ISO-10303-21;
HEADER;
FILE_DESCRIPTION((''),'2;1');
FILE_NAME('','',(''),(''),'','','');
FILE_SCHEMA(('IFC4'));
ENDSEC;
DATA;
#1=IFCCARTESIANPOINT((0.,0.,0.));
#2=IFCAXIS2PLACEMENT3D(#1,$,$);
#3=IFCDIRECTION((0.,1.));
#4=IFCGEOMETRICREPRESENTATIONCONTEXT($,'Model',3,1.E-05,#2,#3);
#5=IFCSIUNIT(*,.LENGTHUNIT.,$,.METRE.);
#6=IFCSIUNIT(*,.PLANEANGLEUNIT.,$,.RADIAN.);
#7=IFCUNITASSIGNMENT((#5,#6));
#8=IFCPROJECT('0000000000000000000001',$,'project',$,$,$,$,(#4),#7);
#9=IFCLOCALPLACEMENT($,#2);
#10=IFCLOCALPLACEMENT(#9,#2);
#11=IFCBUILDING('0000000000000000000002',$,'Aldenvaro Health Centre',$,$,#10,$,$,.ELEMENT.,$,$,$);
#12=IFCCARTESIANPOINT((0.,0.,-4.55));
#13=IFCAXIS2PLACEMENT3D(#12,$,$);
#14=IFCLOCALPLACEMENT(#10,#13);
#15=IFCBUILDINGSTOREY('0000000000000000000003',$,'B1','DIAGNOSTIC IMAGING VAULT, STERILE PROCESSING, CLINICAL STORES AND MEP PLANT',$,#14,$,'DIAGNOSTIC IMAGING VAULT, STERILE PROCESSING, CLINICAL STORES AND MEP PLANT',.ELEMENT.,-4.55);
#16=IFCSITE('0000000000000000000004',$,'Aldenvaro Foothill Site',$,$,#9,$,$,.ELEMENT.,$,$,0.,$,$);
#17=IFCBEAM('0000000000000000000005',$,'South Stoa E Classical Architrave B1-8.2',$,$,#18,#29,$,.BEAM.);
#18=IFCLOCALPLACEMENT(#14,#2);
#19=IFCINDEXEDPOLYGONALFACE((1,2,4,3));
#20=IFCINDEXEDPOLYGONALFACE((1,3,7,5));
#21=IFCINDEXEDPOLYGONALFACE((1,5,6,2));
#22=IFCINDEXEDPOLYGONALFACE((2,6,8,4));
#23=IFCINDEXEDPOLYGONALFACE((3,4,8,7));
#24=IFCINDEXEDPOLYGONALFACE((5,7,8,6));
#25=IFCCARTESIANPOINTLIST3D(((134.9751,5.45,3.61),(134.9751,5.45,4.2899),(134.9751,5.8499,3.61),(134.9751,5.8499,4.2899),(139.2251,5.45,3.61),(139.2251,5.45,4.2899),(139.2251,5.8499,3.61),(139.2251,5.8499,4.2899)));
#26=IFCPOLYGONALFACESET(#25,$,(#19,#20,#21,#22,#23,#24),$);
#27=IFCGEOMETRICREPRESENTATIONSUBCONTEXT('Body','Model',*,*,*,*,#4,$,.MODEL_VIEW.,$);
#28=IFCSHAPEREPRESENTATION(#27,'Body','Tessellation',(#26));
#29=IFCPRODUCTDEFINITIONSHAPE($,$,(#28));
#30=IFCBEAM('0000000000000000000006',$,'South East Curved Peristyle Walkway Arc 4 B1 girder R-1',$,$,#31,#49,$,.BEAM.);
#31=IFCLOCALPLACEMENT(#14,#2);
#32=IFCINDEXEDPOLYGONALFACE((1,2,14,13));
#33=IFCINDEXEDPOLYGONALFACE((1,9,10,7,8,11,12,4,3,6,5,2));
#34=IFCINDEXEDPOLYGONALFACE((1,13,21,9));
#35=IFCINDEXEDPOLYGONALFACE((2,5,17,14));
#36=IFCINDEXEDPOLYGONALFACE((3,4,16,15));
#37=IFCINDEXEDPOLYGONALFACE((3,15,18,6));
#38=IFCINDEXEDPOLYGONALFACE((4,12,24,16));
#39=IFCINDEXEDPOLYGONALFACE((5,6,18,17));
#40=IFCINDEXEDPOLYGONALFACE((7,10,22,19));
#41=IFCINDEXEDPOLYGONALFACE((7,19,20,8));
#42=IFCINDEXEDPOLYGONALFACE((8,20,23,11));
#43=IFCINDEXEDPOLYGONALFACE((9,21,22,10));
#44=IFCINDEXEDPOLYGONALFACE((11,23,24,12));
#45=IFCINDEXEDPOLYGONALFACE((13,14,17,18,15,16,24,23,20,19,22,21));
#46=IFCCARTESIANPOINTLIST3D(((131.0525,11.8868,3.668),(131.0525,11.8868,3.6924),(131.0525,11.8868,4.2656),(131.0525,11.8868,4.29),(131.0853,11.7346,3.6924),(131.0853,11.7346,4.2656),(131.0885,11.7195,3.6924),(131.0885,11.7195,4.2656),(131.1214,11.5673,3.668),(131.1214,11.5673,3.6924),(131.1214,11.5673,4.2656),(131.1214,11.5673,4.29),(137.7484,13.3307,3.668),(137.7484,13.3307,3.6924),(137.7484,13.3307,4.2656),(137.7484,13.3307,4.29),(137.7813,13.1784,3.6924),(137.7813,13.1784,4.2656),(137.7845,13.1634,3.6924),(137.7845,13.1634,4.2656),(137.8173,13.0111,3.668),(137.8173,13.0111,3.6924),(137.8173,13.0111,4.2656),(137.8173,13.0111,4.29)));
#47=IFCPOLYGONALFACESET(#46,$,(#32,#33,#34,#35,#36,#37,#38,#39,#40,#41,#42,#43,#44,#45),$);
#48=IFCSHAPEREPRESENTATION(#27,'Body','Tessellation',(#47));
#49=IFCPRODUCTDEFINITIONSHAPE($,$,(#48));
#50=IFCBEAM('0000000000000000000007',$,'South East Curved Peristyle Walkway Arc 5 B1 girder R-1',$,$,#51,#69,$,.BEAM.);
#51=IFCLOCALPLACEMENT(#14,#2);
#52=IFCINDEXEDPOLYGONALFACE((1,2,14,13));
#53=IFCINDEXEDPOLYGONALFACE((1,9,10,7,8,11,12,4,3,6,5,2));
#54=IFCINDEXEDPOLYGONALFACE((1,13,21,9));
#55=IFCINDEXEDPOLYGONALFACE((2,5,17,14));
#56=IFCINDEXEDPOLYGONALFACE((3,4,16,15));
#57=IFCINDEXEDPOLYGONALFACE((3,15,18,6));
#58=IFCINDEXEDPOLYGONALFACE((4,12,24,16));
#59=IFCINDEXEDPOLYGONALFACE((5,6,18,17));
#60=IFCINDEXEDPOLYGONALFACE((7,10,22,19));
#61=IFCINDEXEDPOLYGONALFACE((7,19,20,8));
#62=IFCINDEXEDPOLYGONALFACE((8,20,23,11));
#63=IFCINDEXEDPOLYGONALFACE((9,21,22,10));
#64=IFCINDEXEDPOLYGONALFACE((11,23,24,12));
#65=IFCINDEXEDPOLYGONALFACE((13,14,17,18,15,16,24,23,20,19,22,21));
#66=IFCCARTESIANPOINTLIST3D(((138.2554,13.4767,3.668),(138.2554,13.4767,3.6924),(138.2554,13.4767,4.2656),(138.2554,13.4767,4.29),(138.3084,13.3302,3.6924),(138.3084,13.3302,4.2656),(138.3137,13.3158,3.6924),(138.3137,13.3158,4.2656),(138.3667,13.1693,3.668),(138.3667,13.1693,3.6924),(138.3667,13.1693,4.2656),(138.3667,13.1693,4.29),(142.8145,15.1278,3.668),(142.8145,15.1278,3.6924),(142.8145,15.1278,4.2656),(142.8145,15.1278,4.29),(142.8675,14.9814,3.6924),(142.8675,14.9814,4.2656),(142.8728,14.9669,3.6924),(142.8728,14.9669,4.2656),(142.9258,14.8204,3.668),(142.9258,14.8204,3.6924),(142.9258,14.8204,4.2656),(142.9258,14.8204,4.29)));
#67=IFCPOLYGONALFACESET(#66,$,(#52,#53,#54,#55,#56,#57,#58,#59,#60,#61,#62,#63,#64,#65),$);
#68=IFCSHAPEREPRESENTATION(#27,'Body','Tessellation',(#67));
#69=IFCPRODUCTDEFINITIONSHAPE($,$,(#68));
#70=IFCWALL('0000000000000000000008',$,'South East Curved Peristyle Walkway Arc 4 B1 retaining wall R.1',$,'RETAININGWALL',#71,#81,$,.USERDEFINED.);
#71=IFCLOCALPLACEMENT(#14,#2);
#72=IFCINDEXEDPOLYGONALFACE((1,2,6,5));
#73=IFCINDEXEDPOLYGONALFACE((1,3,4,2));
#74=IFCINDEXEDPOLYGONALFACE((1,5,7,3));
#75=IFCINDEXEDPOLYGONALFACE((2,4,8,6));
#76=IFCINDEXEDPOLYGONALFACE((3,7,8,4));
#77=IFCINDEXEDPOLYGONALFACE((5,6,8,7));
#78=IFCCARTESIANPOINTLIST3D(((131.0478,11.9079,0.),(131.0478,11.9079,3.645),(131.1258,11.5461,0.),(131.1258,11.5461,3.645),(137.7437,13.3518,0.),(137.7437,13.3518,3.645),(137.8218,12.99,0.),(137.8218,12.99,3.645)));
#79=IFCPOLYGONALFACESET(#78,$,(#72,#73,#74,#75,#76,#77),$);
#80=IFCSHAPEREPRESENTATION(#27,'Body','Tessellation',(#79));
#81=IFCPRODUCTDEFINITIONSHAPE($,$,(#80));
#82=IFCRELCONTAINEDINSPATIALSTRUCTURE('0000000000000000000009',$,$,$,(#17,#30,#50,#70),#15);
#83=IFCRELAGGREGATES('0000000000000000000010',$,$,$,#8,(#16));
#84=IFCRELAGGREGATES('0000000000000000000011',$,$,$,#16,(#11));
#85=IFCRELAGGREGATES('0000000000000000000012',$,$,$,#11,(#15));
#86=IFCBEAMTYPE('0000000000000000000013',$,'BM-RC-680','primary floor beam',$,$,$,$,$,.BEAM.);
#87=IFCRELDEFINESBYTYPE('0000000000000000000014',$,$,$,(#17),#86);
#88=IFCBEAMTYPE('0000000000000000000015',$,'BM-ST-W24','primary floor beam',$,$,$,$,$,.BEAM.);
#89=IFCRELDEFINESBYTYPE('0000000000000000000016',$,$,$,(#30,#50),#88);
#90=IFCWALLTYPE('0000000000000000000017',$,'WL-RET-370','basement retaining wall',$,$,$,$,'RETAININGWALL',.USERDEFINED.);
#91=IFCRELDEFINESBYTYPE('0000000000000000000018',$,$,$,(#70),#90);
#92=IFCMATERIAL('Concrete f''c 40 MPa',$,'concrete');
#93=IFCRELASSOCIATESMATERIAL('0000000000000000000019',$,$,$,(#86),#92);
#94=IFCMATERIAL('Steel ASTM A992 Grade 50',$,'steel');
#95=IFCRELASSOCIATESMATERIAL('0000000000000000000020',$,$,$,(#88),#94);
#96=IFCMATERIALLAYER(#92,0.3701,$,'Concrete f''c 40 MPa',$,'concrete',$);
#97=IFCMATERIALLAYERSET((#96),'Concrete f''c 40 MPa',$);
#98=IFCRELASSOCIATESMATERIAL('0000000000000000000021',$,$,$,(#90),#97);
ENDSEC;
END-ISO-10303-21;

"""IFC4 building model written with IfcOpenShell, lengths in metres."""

from ifc_helpers import new_model, si_unit, direction, frame, frame_2d, origin, origin_2d, place, context, subcontext, project, spatial, rectangle, i_section, extrude, material, layer, layer_set, material_profile, profile_set, type_object, element, save


model = new_model("IFC4")

# Units and contexts
model_context = context("Model", 3, precision=1e-05, world=origin(), true_north=direction((0.0, 1.0)))
body_context = subcontext(model_context, "Body", "Model", "MODEL_VIEW")
ifc_project = project(units=[si_unit("LENGTHUNIT", "METRE"), si_unit("PLANEANGLEUNIT", "RADIAN")], contexts=[model_context])

# Site, building, storey
site_placement = place(None, origin())
site = spatial("IfcSite", under=ifc_project, at=site_placement, Name="Aldenvaro Foothill Site", CompositionType="ELEMENT", RefElevation=0.0)
building_placement = place(site_placement, origin())
building = spatial("IfcBuilding", under=site, at=building_placement, Name="Aldenvaro Health Centre", CompositionType="ELEMENT")
storey_placement = place(building_placement, frame((0.0, 0.0, -4.55)))
storey = spatial("IfcBuildingStorey", under=building, at=storey_placement, Name="B1", Description="DIAGNOSTIC IMAGING VAULT, STERILE PROCESSING, CLINICAL STORES AND MEP PLANT", LongName="DIAGNOSTIC IMAGING VAULT, STERILE PROCESSING, CLINICAL STORES AND MEP PLANT", CompositionType="ELEMENT", Elevation=-4.55)

# Shared definitions
ifc_material_1 = material(Name="Concrete f'c 40 MPa", Category="concrete")

# Beams
ifc_material_profile_1 = material_profile(ifc_material_1, rectangle(XDim=0.3999, YDim=0.6799, at=origin_2d()), Name="RC 400x680", Category="concrete")
ifc_profile_set_1 = profile_set([ifc_material_profile_1], Name="Concrete f'c 40 MPa")
beam_type_1 = type_object("IfcBeamType", Name="BM-RC-680", Description="primary floor beam", PredefinedType="BEAM", material=ifc_profile_set_1)
beam_1_placement = place(storey_placement, frame((134.9751, 5.6499, 3.95), z_axis=(1.0, 0.0, 0.0), x_axis=(0.0, 1.0, 0.0)))
element("IfcBeam", 1, at=beam_1_placement, inside=storey, type_object=beam_type_1, Name="South Stoa E Classical Architrave B1-8.2", PredefinedType="BEAM", context=body_context, shape_type="SweptSolid", body=[
    extrude(rectangle(XDim=0.3999, YDim=0.6799, at=origin_2d()), origin(), (0.0, 0.0, 1.0), 4.25),
])
ifc_material_2 = material(Name="Steel ASTM A992 Grade 50", Category="steel")
ifc_material_profile_2 = material_profile(ifc_material_2, i_section(OverallWidth=0.3269, OverallDepth=0.6221, WebThickness=0.0154, FlangeThickness=0.0244, at=origin_2d()), Name="W24X131", Category="steel")
ifc_profile_set_2 = profile_set([ifc_material_profile_2], Name="Steel ASTM A992 Grade 50")
beam_type_2 = type_object("IfcBeamType", Name="BM-ST-W24", Description="primary floor beam", PredefinedType="BEAM", material=ifc_profile_set_2)
beam_2_placement = place(storey_placement, frame((131.0869, 11.7271, 3.979), z_axis=(0.977533, 0.210782, 0.0), x_axis=(-0.210782, 0.977533, 0.0)))
element("IfcBeam", 2, at=beam_2_placement, inside=storey, type_object=beam_type_2, Name="South East Curved Peristyle Walkway Arc 4 B1 girder R-1", PredefinedType="BEAM", context=body_context, shape_type="SweptSolid", body=[
    extrude(i_section(OverallWidth=0.3269, OverallDepth=0.6221, WebThickness=0.0154, FlangeThickness=0.0244, at=origin_2d()), origin(), (0.0, 0.0, 1.0), 6.8499),
])
beam_3_placement = place(storey_placement, frame((138.311, 13.323, 3.979), z_axis=(0.940238, 0.340518, 0.0), x_axis=(-0.340518, 0.940238, 0.0)))
element("IfcBeam", 3, at=beam_3_placement, inside=storey, type_object=beam_type_2, Name="South East Curved Peristyle Walkway Arc 5 B1 girder R-1", PredefinedType="BEAM", context=body_context, shape_type="SweptSolid", body=[
    extrude(i_section(OverallWidth=0.3269, OverallDepth=0.6221, WebThickness=0.0154, FlangeThickness=0.0244, at=origin_2d()), origin(), (0.0, 0.0, 1.0), 4.8489),
])

# Wall
ifc_layer = layer(ifc_material_1, 0.3701, Name="Concrete f'c 40 MPa", Category="concrete")
ifc_layer_set = layer_set([ifc_layer], Name="Concrete f'c 40 MPa")
wall_type = type_object("IfcWallType", Name="WL-RET-370", Description="basement retaining wall", ElementType="RETAININGWALL", PredefinedType="USERDEFINED", material=ifc_layer_set)
wall_placement = place(storey_placement, frame((131.0869, 11.7271, 0.0), z_axis=(0.0, 0.0, 1.0), x_axis=(0.977533, 0.210782, 0.0)))
element("IfcWall", 4, at=wall_placement, inside=storey, type_object=wall_type, Name="South East Curved Peristyle Walkway Arc 4 B1 retaining wall R.1", ObjectType="RETAININGWALL", PredefinedType="USERDEFINED", context=body_context, shape_type="SweptSolid", body=[
    extrude(rectangle(XDim=6.8499, YDim=0.3701, at=frame_2d((3.4248, 0.0))), origin(), (0.0, 0.0, 1.0), 3.645),
])

save(model, "model.ifc")
